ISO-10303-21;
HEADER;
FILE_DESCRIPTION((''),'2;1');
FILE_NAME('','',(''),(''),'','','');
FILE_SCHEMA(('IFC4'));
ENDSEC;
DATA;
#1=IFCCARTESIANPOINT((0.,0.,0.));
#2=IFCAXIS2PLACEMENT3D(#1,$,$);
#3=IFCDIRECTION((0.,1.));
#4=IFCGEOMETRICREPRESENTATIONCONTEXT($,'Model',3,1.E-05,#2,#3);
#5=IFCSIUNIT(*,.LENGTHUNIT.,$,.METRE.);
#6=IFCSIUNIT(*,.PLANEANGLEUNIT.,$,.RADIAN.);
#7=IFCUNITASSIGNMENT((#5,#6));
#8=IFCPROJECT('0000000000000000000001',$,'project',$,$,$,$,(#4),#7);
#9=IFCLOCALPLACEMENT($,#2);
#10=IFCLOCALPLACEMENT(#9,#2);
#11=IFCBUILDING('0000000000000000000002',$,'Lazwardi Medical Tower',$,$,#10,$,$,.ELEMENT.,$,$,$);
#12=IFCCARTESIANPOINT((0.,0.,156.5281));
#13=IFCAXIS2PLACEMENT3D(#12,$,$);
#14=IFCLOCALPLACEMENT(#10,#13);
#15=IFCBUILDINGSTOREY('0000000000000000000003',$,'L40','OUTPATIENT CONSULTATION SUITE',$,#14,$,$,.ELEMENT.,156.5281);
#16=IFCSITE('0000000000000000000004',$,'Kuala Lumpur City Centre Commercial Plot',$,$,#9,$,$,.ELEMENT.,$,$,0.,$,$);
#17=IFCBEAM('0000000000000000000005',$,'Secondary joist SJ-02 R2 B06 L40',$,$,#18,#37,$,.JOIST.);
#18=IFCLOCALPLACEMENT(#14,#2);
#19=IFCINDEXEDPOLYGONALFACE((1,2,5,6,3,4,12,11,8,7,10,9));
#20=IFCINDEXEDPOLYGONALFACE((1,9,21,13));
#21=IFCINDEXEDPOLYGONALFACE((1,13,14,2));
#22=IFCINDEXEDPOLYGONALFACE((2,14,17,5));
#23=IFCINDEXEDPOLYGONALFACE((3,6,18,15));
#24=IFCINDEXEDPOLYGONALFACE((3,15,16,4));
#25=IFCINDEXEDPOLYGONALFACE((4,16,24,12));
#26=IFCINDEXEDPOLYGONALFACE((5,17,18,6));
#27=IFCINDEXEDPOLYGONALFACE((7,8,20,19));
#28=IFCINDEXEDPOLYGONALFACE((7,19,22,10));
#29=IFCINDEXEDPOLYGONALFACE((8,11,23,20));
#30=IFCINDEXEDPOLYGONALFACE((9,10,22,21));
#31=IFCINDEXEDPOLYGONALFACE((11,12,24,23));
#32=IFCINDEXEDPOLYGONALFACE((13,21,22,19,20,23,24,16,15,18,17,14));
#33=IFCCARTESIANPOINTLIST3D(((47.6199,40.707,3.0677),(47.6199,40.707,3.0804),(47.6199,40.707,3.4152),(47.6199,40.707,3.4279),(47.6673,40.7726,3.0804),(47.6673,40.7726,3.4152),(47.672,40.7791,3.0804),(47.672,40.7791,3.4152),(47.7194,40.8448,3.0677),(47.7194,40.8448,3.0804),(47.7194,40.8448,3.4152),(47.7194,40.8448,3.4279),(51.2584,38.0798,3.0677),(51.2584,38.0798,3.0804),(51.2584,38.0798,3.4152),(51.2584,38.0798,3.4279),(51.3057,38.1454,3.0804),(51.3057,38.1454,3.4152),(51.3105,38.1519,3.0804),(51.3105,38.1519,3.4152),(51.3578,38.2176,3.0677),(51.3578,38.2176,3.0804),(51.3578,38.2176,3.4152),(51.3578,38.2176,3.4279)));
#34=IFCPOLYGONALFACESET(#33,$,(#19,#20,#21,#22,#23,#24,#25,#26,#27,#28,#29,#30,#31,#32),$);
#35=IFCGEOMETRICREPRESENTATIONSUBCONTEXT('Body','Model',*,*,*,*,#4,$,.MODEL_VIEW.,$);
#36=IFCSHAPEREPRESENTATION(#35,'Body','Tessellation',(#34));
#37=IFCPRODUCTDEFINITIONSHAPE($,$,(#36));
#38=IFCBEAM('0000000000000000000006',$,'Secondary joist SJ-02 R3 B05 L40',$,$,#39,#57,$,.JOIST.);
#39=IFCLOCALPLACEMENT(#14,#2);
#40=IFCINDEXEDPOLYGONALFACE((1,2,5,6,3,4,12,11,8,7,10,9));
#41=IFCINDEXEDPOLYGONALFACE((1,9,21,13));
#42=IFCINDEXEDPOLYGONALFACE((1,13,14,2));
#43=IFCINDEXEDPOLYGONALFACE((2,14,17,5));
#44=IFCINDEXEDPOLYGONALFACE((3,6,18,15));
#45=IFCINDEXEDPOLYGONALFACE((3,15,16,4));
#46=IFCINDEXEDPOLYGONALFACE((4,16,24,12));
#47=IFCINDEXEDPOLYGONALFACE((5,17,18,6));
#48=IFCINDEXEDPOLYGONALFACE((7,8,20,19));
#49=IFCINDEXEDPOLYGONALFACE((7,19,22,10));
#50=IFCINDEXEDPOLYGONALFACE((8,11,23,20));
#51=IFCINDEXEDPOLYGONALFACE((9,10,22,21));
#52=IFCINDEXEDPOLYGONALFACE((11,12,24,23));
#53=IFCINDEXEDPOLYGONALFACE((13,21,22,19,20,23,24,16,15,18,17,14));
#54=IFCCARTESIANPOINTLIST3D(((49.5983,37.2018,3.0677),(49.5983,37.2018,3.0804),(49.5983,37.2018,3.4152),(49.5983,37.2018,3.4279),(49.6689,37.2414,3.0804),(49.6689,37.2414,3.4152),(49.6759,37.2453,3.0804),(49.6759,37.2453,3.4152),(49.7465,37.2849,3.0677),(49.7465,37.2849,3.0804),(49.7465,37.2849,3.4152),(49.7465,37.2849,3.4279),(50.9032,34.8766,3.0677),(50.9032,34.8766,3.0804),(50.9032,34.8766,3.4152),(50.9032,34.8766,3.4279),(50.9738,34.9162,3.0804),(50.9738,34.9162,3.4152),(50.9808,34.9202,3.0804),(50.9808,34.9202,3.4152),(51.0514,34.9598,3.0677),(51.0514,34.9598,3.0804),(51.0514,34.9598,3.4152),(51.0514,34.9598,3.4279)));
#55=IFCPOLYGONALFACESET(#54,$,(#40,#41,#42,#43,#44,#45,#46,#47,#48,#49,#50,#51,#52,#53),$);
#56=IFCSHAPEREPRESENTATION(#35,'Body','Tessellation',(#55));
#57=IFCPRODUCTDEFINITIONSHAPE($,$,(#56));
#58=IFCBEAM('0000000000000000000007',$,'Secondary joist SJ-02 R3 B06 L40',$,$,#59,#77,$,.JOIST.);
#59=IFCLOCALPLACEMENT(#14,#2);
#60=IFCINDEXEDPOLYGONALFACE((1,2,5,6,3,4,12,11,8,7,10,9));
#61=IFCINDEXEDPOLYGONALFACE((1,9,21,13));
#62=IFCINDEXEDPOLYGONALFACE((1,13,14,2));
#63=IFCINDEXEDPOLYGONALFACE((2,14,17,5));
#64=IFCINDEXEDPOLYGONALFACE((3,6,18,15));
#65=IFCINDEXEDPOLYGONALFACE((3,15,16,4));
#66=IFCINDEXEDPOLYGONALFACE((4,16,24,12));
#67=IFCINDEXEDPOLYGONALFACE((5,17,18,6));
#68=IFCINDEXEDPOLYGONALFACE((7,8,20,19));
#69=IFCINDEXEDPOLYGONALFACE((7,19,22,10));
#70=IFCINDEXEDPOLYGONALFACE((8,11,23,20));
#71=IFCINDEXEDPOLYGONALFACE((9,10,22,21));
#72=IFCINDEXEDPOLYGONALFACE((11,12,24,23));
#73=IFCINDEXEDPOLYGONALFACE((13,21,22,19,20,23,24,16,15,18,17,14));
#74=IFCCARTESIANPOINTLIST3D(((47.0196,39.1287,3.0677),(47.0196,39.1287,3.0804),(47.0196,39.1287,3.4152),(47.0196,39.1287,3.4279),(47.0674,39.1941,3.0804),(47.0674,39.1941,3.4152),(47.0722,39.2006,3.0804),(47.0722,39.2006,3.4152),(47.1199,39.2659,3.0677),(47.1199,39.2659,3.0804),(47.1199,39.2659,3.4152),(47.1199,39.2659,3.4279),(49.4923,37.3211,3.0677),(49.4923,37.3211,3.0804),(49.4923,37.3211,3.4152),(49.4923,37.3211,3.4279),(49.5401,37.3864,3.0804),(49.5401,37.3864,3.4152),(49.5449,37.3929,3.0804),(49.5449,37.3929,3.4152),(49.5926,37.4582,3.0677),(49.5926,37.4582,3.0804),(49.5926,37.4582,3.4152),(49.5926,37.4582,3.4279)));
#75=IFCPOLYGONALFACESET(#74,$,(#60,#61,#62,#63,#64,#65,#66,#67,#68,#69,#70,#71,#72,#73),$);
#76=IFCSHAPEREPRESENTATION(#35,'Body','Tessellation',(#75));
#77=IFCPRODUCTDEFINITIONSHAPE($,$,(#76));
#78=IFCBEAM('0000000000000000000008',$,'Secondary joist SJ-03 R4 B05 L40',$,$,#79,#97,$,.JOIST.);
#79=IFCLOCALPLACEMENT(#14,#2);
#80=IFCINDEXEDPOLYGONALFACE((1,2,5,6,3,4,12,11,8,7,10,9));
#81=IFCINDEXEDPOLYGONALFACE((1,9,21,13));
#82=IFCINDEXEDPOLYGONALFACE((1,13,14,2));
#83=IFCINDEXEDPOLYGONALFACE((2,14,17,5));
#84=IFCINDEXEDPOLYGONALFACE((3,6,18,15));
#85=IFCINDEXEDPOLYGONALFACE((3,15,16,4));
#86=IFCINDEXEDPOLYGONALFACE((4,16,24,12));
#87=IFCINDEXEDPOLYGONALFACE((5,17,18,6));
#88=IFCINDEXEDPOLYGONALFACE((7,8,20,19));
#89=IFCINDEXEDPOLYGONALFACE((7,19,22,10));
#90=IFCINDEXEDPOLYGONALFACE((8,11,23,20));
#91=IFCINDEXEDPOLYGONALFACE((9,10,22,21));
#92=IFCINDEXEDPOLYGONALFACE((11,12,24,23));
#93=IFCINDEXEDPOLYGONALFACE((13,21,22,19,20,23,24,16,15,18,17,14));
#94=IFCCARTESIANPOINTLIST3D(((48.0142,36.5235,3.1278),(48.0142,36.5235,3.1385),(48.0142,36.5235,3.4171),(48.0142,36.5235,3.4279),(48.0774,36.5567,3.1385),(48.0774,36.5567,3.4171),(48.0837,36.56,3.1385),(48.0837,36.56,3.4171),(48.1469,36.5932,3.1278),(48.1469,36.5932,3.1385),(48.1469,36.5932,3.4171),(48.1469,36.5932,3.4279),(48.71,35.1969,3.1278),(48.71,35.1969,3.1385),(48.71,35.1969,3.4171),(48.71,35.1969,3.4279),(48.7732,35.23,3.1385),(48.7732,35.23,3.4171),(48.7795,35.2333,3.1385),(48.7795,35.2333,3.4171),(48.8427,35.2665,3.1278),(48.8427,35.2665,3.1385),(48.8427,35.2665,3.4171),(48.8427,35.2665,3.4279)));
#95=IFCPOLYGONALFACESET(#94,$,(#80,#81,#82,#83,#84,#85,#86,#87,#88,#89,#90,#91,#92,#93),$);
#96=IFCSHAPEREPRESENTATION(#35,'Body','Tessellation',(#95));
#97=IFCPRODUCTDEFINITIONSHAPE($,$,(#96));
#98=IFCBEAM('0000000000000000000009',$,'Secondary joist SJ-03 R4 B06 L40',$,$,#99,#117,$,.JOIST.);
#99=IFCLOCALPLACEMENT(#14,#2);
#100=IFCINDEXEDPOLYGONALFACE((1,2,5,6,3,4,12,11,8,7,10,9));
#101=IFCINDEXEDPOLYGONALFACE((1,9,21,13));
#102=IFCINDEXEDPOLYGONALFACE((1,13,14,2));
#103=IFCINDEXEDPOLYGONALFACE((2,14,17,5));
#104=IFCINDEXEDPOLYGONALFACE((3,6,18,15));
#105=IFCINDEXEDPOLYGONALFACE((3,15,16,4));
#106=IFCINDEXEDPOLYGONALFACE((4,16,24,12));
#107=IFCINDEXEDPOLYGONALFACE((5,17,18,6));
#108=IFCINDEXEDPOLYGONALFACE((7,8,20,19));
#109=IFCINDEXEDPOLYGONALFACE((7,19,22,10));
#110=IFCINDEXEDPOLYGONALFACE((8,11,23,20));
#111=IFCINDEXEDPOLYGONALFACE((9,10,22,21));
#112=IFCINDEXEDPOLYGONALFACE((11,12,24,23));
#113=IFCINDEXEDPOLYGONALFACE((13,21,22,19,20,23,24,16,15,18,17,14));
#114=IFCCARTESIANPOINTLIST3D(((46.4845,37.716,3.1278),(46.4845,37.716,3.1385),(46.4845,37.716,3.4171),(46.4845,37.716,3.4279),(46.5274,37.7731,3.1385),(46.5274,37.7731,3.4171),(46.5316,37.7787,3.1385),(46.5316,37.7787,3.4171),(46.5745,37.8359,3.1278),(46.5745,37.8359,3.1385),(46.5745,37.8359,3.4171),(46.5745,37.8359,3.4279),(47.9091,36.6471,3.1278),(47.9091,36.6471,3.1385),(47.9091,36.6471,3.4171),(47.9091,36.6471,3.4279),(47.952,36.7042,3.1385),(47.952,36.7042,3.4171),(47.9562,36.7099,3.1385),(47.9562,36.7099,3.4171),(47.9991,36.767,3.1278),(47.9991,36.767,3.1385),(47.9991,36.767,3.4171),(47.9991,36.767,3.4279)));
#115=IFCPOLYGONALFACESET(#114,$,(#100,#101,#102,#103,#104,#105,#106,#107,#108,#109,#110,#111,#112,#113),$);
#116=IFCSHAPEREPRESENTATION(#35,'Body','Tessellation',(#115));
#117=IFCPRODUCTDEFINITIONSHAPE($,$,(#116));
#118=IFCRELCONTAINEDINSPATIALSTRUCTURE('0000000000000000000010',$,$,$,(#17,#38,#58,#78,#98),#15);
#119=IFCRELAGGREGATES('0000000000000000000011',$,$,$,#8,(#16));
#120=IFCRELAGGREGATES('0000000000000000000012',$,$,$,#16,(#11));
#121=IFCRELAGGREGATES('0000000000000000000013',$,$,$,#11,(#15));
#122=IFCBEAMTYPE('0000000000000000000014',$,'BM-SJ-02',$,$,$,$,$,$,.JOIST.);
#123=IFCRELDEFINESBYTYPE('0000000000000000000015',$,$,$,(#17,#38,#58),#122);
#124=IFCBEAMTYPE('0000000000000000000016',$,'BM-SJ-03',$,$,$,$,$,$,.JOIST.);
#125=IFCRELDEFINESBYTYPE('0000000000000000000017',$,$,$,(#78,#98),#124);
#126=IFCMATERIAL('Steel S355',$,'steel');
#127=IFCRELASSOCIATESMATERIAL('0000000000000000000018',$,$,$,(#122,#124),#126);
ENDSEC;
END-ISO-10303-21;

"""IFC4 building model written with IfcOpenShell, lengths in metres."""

from ifc_helpers import new_model, si_unit, direction, frame, origin, origin_2d, place, context, subcontext, project, spatial, i_section, extrude, material, material_profile, profile_set, type_object, element, save


model = new_model("IFC4")

# Units and contexts
model_context = context("Model", 3, precision=1e-05, world=origin(), true_north=direction((0.0, 1.0)))
body_context = subcontext(model_context, "Body", "Model", "MODEL_VIEW")
ifc_project = project(units=[si_unit("LENGTHUNIT", "METRE"), si_unit("PLANEANGLEUNIT", "RADIAN")], contexts=[model_context])

# Site, building, storey
site_placement = place(None, origin())
site = spatial("IfcSite", under=ifc_project, at=site_placement, Name="Kuala Lumpur City Centre Commercial Plot", CompositionType="ELEMENT", RefElevation=0.0)
building_placement = place(site_placement, origin())
building = spatial("IfcBuilding", under=site, at=building_placement, Name="Lazwardi Medical Tower", CompositionType="ELEMENT")
storey_placement = place(building_placement, frame((0.0, 0.0, 156.5281)))
storey = spatial("IfcBuildingStorey", under=building, at=storey_placement, Name="L40", Description="OUTPATIENT CONSULTATION SUITE", CompositionType="ELEMENT", Elevation=156.5281)

# Beams
ifc_material_1 = material(Name="Steel S355", Category="steel")
ifc_material_profile_1 = material_profile(ifc_material_1, i_section(OverallWidth=0.1699, OverallDepth=0.3601, WebThickness=0.0081, FlangeThickness=0.0127, at=origin_2d()), Name="IPE 360")
ifc_profile_set_1 = profile_set([ifc_material_profile_1], Name="Steel S355")
beam_type_1 = type_object("IfcBeamType", Name="BM-SJ-02", PredefinedType="JOIST", material=ifc_profile_set_1)
beam_1_placement = place(storey_placement, frame((51.3081, 38.1487, 3.2478), z_axis=(-0.810738, 0.585409, 0.0), x_axis=(-0.585409, -0.810738, 0.0)))
element("IfcBeam", 1, at=beam_1_placement, inside=storey, type_object=beam_type_1, Name="Secondary joist SJ-02 R2 B06 L40", PredefinedType="JOIST", context=body_context, shape_type="SweptSolid", body=[
    extrude(i_section(OverallWidth=0.1699, OverallDepth=0.3601, WebThickness=0.0081, FlangeThickness=0.0127, at=origin_2d()), origin(), (0.0, 0.0, 1.0), 4.4878),
])
beam_2_placement = place(storey_placement, frame((50.9773, 34.9182, 3.2478), z_axis=(-0.489409, 0.872054, 0.0), x_axis=(-0.872054, -0.489409, 0.0)))
element("IfcBeam", 2, at=beam_2_placement, inside=storey, type_object=beam_type_1, Name="Secondary joist SJ-02 R3 B05 L40", PredefinedType="JOIST", context=body_context, shape_type="SweptSolid", body=[
    extrude(i_section(OverallWidth=0.1699, OverallDepth=0.3601, WebThickness=0.0081, FlangeThickness=0.0127, at=origin_2d()), origin(), (0.0, 0.0, 1.0), 2.6663),
])
beam_3_placement = place(storey_placement, frame((49.5425, 37.3896, 3.2478), z_axis=(-0.807286, 0.59016, 0.0), x_axis=(-0.59016, -0.807286, 0.0)))
element("IfcBeam", 3, at=beam_3_placement, inside=storey, type_object=beam_type_1, Name="Secondary joist SJ-02 R3 B06 L40", PredefinedType="JOIST", context=body_context, shape_type="SweptSolid", body=[
    extrude(i_section(OverallWidth=0.1699, OverallDepth=0.3601, WebThickness=0.0081, FlangeThickness=0.0127, at=origin_2d()), origin(), (0.0, 0.0, 1.0), 3.063),
])
ifc_material_profile_2 = material_profile(ifc_material_1, i_section(OverallWidth=0.1499, OverallDepth=0.3, WebThickness=0.0071, FlangeThickness=0.0107, at=origin_2d()), Name="IPE 300")
ifc_profile_set_2 = profile_set([ifc_material_profile_2], Name="Steel S355")
beam_type_2 = type_object("IfcBeamType", Name="BM-SJ-03", PredefinedType="JOIST", material=ifc_profile_set_2)
beam_4_placement = place(storey_placement, frame((48.7764, 35.2317, 3.2778), z_axis=(-0.46447, 0.885589, 0.0), x_axis=(-0.885589, -0.46447, 0.0)))
element("IfcBeam", 4, at=beam_4_placement, inside=storey, type_object=beam_type_2, Name="Secondary joist SJ-03 R4 B05 L40", PredefinedType="JOIST", context=body_context, shape_type="SweptSolid", body=[
    extrude(i_section(OverallWidth=0.1499, OverallDepth=0.3, WebThickness=0.0071, FlangeThickness=0.0107, at=origin_2d()), origin(), (0.0, 0.0, 1.0), 1.498),
])
beam_5_placement = place(storey_placement, frame((47.9541, 36.707, 3.2778), z_axis=(-0.799885, 0.600154, 0.0), x_axis=(-0.600154, -0.799885, 0.0)))
element("IfcBeam", 5, at=beam_5_placement, inside=storey, type_object=beam_type_2, Name="Secondary joist SJ-03 R4 B06 L40", PredefinedType="JOIST", context=body_context, shape_type="SweptSolid", body=[
    extrude(i_section(OverallWidth=0.1499, OverallDepth=0.3, WebThickness=0.0071, FlangeThickness=0.0107, at=origin_2d()), origin(), (0.0, 0.0, 1.0), 1.781),
])

save(model, "model.ifc")
